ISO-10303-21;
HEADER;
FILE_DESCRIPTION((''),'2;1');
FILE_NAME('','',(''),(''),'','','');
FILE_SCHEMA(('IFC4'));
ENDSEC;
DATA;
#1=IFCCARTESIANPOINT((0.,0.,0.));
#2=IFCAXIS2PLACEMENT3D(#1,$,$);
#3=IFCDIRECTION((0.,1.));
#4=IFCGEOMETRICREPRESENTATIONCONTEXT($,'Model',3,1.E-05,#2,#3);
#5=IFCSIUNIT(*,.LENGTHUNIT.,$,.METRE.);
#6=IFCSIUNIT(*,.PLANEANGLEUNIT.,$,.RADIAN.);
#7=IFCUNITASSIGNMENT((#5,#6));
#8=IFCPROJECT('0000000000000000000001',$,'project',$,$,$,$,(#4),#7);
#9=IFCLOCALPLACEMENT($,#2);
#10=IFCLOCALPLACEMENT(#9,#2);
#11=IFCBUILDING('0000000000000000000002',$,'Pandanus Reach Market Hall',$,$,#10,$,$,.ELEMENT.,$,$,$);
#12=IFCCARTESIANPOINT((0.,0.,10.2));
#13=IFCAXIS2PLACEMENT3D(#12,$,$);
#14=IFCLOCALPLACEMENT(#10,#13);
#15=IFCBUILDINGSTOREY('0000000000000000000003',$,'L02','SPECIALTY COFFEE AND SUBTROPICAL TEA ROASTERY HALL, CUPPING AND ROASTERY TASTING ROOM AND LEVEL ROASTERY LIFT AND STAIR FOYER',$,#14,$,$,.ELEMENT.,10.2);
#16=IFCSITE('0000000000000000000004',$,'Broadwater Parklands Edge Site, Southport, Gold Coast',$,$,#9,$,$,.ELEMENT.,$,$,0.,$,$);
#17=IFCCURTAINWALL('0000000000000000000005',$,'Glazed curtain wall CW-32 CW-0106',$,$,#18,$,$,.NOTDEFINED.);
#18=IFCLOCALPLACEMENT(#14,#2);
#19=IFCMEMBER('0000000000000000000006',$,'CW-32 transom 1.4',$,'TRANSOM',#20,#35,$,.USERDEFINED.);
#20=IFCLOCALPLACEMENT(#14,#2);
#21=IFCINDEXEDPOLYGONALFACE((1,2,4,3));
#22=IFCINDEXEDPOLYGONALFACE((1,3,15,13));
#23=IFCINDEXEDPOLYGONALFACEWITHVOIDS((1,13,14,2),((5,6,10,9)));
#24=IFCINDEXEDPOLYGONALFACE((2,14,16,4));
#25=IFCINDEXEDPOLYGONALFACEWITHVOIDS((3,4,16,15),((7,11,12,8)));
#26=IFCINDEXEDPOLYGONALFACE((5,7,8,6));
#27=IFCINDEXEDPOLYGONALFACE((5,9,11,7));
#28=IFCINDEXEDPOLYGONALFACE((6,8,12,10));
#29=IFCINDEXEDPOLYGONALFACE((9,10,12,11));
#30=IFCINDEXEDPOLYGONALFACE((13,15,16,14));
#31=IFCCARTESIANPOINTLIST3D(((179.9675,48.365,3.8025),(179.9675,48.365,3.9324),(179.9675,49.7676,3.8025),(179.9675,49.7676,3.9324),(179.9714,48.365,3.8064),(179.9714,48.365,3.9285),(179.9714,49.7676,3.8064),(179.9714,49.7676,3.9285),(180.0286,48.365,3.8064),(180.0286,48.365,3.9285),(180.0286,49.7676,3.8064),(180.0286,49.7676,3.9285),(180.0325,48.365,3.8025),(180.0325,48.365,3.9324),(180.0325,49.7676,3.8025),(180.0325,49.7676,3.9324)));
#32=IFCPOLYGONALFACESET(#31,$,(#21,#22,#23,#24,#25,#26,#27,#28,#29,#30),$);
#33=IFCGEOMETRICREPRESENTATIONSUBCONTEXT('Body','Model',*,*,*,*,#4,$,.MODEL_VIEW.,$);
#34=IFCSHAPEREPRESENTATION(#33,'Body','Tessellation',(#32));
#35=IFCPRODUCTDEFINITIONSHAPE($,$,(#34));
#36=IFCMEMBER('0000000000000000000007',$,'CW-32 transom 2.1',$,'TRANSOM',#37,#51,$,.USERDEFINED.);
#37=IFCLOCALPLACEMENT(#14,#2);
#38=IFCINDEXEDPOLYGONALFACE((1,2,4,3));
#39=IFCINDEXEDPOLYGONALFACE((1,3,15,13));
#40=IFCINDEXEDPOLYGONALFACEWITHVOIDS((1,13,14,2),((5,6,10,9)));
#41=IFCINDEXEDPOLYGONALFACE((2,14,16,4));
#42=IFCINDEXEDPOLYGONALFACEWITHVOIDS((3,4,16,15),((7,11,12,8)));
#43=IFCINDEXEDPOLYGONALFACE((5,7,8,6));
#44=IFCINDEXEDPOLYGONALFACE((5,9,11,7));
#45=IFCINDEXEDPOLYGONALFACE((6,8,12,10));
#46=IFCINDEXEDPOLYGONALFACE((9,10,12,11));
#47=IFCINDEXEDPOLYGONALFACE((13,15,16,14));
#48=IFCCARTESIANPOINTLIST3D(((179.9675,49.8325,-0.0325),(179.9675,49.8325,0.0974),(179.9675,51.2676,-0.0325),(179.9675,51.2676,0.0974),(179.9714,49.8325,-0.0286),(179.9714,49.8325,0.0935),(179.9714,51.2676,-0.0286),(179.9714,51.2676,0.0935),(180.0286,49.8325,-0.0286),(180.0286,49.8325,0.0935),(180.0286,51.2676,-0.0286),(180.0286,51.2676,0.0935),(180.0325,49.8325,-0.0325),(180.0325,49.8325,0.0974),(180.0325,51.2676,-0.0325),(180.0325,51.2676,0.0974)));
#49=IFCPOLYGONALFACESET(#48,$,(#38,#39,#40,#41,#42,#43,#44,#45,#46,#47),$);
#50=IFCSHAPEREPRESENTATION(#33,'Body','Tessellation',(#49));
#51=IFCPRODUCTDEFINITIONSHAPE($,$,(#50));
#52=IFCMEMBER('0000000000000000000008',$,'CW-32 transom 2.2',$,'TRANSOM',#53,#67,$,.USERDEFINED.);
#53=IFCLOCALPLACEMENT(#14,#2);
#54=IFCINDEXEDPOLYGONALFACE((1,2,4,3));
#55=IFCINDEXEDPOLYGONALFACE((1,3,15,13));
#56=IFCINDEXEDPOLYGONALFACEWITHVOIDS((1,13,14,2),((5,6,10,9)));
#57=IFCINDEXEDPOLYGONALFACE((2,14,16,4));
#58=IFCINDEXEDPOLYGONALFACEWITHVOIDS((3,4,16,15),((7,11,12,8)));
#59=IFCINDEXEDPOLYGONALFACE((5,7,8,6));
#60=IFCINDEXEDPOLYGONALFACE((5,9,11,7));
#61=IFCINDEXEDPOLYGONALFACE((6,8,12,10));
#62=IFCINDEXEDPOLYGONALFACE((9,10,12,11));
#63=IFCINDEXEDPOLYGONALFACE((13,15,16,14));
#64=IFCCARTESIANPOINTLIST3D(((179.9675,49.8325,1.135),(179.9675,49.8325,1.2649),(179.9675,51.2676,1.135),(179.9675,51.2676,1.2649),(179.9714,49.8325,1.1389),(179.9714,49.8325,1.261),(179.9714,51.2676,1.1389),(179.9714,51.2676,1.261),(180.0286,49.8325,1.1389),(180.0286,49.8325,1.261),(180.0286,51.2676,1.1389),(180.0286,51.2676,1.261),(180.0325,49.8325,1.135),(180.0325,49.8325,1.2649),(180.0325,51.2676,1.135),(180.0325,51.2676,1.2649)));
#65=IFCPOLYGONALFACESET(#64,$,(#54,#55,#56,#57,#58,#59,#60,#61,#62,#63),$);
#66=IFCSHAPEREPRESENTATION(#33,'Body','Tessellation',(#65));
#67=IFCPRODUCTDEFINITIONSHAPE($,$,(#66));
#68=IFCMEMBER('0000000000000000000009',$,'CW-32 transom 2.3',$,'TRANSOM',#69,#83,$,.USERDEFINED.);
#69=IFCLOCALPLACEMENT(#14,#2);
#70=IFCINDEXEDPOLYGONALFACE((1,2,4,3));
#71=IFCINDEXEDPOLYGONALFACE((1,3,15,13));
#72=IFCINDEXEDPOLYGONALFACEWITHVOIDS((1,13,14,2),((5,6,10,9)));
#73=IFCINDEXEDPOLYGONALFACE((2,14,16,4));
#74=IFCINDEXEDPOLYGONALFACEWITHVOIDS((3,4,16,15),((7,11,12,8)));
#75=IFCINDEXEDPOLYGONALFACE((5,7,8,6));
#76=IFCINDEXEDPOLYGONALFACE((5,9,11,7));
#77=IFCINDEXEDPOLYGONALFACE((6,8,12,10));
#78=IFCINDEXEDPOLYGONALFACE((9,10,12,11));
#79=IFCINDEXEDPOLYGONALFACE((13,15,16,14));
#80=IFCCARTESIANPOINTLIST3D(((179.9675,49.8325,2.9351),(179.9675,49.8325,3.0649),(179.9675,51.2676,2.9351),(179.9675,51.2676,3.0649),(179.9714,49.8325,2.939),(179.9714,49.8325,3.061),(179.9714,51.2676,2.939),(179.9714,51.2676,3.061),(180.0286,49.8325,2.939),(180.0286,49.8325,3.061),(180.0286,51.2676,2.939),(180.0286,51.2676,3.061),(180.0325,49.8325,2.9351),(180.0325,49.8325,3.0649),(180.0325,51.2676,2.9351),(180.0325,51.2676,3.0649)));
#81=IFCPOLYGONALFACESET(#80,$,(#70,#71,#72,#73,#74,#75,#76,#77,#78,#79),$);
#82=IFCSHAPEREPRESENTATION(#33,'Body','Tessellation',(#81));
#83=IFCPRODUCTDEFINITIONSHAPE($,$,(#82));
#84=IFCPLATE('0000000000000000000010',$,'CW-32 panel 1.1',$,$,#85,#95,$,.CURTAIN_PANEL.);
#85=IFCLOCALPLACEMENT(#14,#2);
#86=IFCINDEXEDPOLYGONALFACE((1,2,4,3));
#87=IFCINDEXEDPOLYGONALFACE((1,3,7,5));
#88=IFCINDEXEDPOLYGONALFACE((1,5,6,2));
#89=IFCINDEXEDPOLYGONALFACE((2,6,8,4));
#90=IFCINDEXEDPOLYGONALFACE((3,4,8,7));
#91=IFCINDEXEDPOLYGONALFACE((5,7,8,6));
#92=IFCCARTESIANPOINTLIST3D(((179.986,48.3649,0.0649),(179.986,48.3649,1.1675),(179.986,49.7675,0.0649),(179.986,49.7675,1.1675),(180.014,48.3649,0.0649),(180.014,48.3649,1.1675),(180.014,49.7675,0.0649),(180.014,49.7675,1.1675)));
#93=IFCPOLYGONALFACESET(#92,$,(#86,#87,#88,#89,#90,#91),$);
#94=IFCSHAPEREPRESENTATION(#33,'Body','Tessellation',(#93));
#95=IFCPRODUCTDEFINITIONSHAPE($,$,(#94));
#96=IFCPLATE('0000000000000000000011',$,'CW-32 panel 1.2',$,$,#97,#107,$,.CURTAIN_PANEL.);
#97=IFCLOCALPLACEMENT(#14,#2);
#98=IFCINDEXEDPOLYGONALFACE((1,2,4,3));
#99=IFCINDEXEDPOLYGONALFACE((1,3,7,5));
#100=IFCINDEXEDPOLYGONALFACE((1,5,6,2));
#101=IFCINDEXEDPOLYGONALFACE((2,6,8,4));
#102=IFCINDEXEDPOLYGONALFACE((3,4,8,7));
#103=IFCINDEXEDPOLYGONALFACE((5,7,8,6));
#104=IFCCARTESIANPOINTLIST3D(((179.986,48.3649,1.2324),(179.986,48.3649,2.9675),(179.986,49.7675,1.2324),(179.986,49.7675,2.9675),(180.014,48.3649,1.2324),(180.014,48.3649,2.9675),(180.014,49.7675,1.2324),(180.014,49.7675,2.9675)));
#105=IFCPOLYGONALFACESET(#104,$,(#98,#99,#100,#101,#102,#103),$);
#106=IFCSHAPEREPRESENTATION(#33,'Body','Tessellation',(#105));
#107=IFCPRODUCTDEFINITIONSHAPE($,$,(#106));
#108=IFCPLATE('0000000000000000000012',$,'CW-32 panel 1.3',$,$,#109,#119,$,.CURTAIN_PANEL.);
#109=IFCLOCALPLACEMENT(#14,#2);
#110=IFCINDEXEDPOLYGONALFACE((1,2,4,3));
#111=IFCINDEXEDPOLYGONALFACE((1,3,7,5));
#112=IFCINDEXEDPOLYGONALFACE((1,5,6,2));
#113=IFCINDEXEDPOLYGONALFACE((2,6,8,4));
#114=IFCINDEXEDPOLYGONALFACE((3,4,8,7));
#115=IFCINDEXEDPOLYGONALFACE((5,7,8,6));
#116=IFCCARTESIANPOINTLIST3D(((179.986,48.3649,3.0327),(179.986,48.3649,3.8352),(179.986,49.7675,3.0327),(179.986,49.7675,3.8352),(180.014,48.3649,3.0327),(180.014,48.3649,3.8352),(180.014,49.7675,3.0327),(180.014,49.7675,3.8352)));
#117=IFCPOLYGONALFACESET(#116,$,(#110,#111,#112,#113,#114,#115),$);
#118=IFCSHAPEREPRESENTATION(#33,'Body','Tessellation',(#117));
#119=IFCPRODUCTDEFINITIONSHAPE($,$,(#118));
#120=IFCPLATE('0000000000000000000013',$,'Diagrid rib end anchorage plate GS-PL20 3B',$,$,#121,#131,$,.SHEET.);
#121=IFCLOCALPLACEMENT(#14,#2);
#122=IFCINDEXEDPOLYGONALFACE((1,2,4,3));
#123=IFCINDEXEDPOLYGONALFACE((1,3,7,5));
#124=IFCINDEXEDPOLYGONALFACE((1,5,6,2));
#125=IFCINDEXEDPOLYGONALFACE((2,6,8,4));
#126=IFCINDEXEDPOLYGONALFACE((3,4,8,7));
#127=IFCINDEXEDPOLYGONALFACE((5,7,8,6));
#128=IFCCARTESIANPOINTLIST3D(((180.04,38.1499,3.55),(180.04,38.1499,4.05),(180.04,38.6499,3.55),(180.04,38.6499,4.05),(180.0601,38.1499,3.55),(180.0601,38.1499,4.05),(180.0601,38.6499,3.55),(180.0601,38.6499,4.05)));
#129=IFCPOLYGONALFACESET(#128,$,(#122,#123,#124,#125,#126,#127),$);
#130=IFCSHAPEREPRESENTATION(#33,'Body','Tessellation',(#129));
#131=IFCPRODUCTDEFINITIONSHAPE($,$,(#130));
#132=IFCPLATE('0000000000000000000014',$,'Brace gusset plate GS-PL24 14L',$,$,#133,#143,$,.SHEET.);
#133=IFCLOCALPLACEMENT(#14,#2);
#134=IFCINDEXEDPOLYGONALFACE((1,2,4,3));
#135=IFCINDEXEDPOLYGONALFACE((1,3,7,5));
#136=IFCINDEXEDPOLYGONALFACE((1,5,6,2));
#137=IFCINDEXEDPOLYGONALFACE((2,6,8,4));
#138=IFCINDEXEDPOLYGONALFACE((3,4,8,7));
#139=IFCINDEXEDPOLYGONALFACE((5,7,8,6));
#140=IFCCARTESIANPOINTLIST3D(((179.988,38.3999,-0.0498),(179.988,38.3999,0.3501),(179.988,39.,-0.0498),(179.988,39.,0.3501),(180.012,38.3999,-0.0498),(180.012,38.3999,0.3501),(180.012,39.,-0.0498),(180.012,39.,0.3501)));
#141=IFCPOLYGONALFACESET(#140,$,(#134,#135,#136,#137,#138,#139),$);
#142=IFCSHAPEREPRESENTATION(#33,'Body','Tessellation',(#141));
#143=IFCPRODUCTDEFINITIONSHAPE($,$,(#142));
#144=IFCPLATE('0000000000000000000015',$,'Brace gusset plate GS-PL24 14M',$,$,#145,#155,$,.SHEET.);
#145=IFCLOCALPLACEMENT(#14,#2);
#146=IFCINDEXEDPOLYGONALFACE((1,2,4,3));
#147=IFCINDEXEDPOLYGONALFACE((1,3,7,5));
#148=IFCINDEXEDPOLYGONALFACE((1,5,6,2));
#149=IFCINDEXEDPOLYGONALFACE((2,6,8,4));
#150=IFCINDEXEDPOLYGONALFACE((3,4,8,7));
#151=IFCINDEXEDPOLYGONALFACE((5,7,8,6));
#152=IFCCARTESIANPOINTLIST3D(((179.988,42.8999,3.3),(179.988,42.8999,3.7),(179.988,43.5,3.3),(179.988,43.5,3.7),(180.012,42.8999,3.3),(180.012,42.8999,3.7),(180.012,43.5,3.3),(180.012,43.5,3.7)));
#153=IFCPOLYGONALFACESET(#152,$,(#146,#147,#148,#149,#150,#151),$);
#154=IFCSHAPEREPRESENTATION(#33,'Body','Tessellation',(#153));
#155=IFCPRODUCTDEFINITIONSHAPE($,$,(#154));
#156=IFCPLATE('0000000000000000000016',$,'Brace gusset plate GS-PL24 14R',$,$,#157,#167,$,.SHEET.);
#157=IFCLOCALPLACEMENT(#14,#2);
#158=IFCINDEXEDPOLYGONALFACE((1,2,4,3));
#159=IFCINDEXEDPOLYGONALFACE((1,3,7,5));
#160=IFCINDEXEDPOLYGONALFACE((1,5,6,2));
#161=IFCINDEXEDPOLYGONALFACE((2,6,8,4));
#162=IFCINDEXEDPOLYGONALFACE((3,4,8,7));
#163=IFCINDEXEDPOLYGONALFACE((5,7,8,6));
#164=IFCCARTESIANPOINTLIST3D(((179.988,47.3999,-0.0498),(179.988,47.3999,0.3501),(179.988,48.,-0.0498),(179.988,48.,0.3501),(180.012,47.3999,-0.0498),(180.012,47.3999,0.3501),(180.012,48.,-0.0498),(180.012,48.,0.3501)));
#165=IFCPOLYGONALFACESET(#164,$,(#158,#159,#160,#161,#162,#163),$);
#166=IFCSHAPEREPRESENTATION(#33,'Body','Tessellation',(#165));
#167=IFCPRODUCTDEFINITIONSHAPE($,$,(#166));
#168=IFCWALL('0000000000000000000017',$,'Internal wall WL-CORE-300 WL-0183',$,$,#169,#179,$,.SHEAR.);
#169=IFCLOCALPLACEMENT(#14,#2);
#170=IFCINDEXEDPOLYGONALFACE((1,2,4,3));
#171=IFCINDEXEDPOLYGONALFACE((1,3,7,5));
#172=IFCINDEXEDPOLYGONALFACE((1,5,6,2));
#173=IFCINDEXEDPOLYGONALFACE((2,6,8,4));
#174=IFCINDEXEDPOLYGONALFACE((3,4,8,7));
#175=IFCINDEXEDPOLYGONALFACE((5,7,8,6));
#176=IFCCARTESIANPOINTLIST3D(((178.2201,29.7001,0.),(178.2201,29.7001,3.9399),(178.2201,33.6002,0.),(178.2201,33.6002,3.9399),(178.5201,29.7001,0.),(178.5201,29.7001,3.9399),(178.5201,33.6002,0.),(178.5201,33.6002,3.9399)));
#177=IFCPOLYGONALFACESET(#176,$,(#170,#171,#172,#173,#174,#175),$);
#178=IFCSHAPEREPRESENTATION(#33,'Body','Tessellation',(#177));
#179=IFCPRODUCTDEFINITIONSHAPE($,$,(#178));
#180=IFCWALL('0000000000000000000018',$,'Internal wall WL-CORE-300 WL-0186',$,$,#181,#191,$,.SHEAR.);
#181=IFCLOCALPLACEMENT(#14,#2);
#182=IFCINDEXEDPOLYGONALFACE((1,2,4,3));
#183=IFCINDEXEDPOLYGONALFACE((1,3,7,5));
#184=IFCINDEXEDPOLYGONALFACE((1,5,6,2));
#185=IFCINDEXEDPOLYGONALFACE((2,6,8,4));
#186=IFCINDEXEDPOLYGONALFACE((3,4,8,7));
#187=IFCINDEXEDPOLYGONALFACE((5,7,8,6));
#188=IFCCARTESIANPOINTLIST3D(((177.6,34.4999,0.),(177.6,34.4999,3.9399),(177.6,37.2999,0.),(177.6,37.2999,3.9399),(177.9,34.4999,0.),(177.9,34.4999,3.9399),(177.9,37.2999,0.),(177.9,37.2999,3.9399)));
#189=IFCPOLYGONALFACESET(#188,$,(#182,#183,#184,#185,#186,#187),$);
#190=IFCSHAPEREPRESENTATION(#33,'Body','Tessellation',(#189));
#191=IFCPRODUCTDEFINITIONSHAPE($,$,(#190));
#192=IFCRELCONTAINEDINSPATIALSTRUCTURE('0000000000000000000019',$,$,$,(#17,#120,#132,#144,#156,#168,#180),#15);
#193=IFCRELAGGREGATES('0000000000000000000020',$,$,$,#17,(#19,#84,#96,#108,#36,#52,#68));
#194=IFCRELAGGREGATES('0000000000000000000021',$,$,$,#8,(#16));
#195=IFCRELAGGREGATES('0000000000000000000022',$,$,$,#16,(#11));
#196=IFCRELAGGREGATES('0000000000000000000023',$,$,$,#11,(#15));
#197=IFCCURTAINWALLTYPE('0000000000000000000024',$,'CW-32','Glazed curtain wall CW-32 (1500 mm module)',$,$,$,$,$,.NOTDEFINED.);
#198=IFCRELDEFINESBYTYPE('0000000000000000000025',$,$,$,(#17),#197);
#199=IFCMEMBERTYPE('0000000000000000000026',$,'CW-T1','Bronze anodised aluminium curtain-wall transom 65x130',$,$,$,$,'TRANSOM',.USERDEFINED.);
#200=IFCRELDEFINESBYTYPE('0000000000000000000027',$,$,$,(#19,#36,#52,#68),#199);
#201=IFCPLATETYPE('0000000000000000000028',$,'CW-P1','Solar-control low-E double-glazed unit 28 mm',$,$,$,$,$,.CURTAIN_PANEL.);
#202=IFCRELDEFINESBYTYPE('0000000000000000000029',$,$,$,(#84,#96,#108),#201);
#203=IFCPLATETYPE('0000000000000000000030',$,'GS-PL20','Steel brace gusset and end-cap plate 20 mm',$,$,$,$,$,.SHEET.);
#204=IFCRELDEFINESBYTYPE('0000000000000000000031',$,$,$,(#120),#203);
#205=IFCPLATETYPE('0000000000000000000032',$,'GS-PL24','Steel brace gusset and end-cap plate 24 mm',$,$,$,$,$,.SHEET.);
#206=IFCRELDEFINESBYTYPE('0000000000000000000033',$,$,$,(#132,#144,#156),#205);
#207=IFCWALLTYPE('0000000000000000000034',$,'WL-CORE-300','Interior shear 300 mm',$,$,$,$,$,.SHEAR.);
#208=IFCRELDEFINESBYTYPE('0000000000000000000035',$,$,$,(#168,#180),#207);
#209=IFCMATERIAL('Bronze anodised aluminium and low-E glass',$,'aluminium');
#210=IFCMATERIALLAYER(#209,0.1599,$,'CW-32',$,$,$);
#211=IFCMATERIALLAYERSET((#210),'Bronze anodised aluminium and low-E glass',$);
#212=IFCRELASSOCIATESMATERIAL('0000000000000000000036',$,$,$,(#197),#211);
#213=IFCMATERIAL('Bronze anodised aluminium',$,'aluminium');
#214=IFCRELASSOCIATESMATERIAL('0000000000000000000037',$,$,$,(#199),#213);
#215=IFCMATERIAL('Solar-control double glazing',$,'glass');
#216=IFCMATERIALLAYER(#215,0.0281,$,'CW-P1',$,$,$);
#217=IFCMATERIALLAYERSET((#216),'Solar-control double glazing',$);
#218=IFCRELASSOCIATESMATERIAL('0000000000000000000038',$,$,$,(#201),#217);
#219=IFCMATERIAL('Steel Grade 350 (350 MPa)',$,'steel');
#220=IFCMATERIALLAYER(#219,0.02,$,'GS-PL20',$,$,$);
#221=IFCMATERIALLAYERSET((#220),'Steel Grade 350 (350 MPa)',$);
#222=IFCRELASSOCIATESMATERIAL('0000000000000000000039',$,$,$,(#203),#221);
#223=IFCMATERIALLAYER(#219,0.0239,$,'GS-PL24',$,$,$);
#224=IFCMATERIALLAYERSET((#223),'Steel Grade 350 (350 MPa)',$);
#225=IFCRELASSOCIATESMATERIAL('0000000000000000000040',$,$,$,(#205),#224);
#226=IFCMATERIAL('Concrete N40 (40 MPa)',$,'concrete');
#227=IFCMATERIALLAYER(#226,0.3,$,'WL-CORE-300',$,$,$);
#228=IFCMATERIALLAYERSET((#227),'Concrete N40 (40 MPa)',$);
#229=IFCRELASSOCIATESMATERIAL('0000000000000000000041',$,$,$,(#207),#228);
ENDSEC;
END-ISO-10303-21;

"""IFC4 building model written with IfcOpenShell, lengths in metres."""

from ifc_helpers import new_model, si_unit, direction, frame, frame_2d, origin, origin_2d, place, context, subcontext, project, spatial, rectangle, hollow_rectangle, extrude, material, layer, layer_set, material_profile, profile_set, type_object, element, aggregate, save


model = new_model("IFC4")

# Units and contexts
model_context = context("Model", 3, precision=1e-05, world=origin(), true_north=direction((0.0, 1.0)))
body_context = subcontext(model_context, "Body", "Model", "MODEL_VIEW")
ifc_project = project(units=[si_unit("LENGTHUNIT", "METRE"), si_unit("PLANEANGLEUNIT", "RADIAN")], contexts=[model_context])

# Site, building, storey
site_placement = place(None, origin())
site = spatial("IfcSite", under=ifc_project, at=site_placement, Name="Broadwater Parklands Edge Site, Southport, Gold Coast", CompositionType="ELEMENT", RefElevation=0.0)
building_placement = place(site_placement, origin())
building = spatial("IfcBuilding", under=site, at=building_placement, Name="Pandanus Reach Market Hall", CompositionType="ELEMENT")
storey_placement = place(building_placement, frame((0.0, 0.0, 10.2)))
storey = spatial("IfcBuildingStorey", under=building, at=storey_placement, Name="L02", Description="SPECIALTY COFFEE AND SUBTROPICAL TEA ROASTERY HALL, CUPPING AND ROASTERY TASTING ROOM AND LEVEL ROASTERY LIFT AND STAIR FOYER", CompositionType="ELEMENT", Elevation=10.2)

# Shared definitions
ifc_material_1 = material(Name="Concrete N40 (40 MPa)", Category="concrete")

# Shared definitions
ifc_material_2 = material(Name="Steel Grade 350 (350 MPa)", Category="steel")

# Curtain wall, members, plates
ifc_material_3 = material(Name="Bronze anodised aluminium and low-E glass", Category="aluminium")
ifc_layer_1 = layer(ifc_material_3, 0.1599, Name="CW-32")
ifc_layer_set_1 = layer_set([ifc_layer_1], Name="Bronze anodised aluminium and low-E glass")
curtain_wall_type = type_object("IfcCurtainWallType", Name="CW-32", Description="Glazed curtain wall CW-32 (1500 mm module)", PredefinedType="NOTDEFINED", material=ifc_layer_set_1)
curtain_wall_placement = place(storey_placement, origin())
curtain_wall = element("IfcCurtainWall", 1, at=curtain_wall_placement, inside=storey, type_object=curtain_wall_type, Name="Glazed curtain wall CW-32 CW-0106", PredefinedType="NOTDEFINED")
ifc_material_4 = material(Name="Bronze anodised aluminium", Category="aluminium")
ifc_material_profile_1 = material_profile(ifc_material_4, hollow_rectangle(XDim=0.0649, YDim=0.1299, WallThickness=0.0039, at=origin_2d()), Name="ALU65x130", Category="LoadBearing")
ifc_profile_set_1 = profile_set([ifc_material_profile_1], Name="Bronze anodised aluminium")
member_type_1 = type_object("IfcMemberType", Name="CW-T1", Description="Bronze anodised aluminium curtain-wall transom 65x130", ElementType="TRANSOM", PredefinedType="USERDEFINED", material=ifc_profile_set_1)
member_1_placement = place(storey_placement, frame((180.0, 48.365, 3.8674), z_axis=(0.0, 1.0, 0.0), x_axis=(-1.0, 0.0, 0.0)))
member_1 = element("IfcMember", 2, at=member_1_placement, type_object=member_type_1, Name="CW-32 transom 1.4", ObjectType="TRANSOM", PredefinedType="USERDEFINED", context=body_context, shape_type="SweptSolid", body=[
    extrude(hollow_rectangle(XDim=0.0649, YDim=0.1299, WallThickness=0.0039, at=origin_2d()), origin(), (0.0, 0.0, 1.0), 1.4026),
])
member_2_placement = place(storey_placement, frame((180.0, 49.8325, 0.0325), z_axis=(0.0, 1.0, 0.0), x_axis=(-1.0, 0.0, 0.0)))
member_2 = element("IfcMember", 3, at=member_2_placement, type_object=member_type_1, Name="CW-32 transom 2.1", ObjectType="TRANSOM", PredefinedType="USERDEFINED", context=body_context, shape_type="SweptSolid", body=[
    extrude(hollow_rectangle(XDim=0.0649, YDim=0.1299, WallThickness=0.0039, at=origin_2d()), origin(), (0.0, 0.0, 1.0), 1.4351),
])
member_3_placement = place(storey_placement, frame((180.0, 49.8325, 1.2), z_axis=(0.0, 1.0, 0.0), x_axis=(-1.0, 0.0, 0.0)))
member_3 = element("IfcMember", 4, at=member_3_placement, type_object=member_type_1, Name="CW-32 transom 2.2", ObjectType="TRANSOM", PredefinedType="USERDEFINED", context=body_context, shape_type="SweptSolid", body=[
    extrude(hollow_rectangle(XDim=0.0649, YDim=0.1299, WallThickness=0.0039, at=origin_2d()), origin(), (0.0, 0.0, 1.0), 1.4351),
])
member_4_placement = place(storey_placement, frame((180.0, 49.8325, 3.0), z_axis=(0.0, 1.0, 0.0), x_axis=(-1.0, 0.0, 0.0)))
member_4 = element("IfcMember", 5, at=member_4_placement, type_object=member_type_1, Name="CW-32 transom 2.3", ObjectType="TRANSOM", PredefinedType="USERDEFINED", context=body_context, shape_type="SweptSolid", body=[
    extrude(hollow_rectangle(XDim=0.0649, YDim=0.1299, WallThickness=0.0039, at=origin_2d()), origin(), (0.0, 0.0, 1.0), 1.4351),
])
ifc_material_5 = material(Name="Solar-control double glazing", Category="glass")
ifc_layer_2 = layer(ifc_material_5, 0.0281, Name="CW-P1")
ifc_layer_set_2 = layer_set([ifc_layer_2], Name="Solar-control double glazing")
plate_type_1 = type_object("IfcPlateType", Name="CW-P1", Description="Solar-control low-E double-glazed unit 28 mm", PredefinedType="CURTAIN_PANEL", material=ifc_layer_set_2)
plate_1_placement = place(storey_placement, frame((180.0, 49.0662, 0.0649), z_axis=(0.0, 0.0, 1.0), x_axis=(0.0, 1.0, 0.0)))
plate_1 = element("IfcPlate", 6, at=plate_1_placement, type_object=plate_type_1, Name="CW-32 panel 1.1", PredefinedType="CURTAIN_PANEL", context=body_context, shape_type="SweptSolid", body=[
    extrude(rectangle(XDim=1.4026, YDim=0.0281, at=origin_2d()), origin(), (0.0, 0.0, 1.0), 1.1025),
])
plate_2_placement = place(storey_placement, frame((180.0, 49.0662, 1.2324), z_axis=(0.0, 0.0, 1.0), x_axis=(0.0, 1.0, 0.0)))
plate_2 = element("IfcPlate", 7, at=plate_2_placement, type_object=plate_type_1, Name="CW-32 panel 1.2", PredefinedType="CURTAIN_PANEL", context=body_context, shape_type="SweptSolid", body=[
    extrude(rectangle(XDim=1.4026, YDim=0.0281, at=origin_2d()), origin(), (0.0, 0.0, 1.0), 1.7351),
])
plate_3_placement = place(storey_placement, frame((180.0, 49.0662, 3.0327), z_axis=(0.0, 0.0, 1.0), x_axis=(0.0, 1.0, 0.0)))
plate_3 = element("IfcPlate", 8, at=plate_3_placement, type_object=plate_type_1, Name="CW-32 panel 1.3", PredefinedType="CURTAIN_PANEL", context=body_context, shape_type="SweptSolid", body=[
    extrude(rectangle(XDim=1.4026, YDim=0.0281, at=origin_2d()), origin(), (0.0, 0.0, 1.0), 0.8025),
])
aggregate(curtain_wall, [member_1, plate_1, plate_2, plate_3, member_2, member_3, member_4])

# Plates
ifc_layer_3 = layer(ifc_material_2, 0.02, Name="GS-PL20")
ifc_layer_set_3 = layer_set([ifc_layer_3], Name="Steel Grade 350 (350 MPa)")
plate_type_2 = type_object("IfcPlateType", Name="GS-PL20", Description="Steel brace gusset and end-cap plate 20 mm", PredefinedType="SHEET", material=ifc_layer_set_3)
plate_4_placement = place(storey_placement, frame((180.05, 38.3999, 3.55), z_axis=(0.0, 0.0, 1.0), x_axis=(1.0, 0.0, 0.0)))
element("IfcPlate", 9, at=plate_4_placement, inside=storey, type_object=plate_type_2, Name="Diagrid rib end anchorage plate GS-PL20 3B", PredefinedType="SHEET", context=body_context, shape_type="SweptSolid", body=[
    extrude(rectangle(XDim=0.02, YDim=0.5, at=origin_2d()), origin(), (0.0, 0.0, 1.0), 0.5),
])
ifc_layer_4 = layer(ifc_material_2, 0.0239, Name="GS-PL24")
ifc_layer_set_4 = layer_set([ifc_layer_4], Name="Steel Grade 350 (350 MPa)")
plate_type_3 = type_object("IfcPlateType", Name="GS-PL24", Description="Steel brace gusset and end-cap plate 24 mm", PredefinedType="SHEET", material=ifc_layer_set_4)
for number, where, z_axis, x_axis, name in (
    (10, (180.0, 38.7, -0.0498), (0.0, 0.0, 1.0), (0.0, 1.0, 0.0), "Brace gusset plate GS-PL24 14L"),
    (11, (180.0, 43.2, 3.3), (0.0, 0.0, 1.0), (0.0, 1.0, 0.0), "Brace gusset plate GS-PL24 14M"),
    (12, (180.0, 47.7, -0.0498), (0.0, 0.0, 1.0), (0.0, 1.0, 0.0), "Brace gusset plate GS-PL24 14R"),
):
    element("IfcPlate", number, at=place(storey_placement, frame(where, z_axis=z_axis, x_axis=x_axis)), inside=storey, type_object=plate_type_3, Name=name, PredefinedType="SHEET", context=body_context, shape_type="SweptSolid", body=[
        extrude(rectangle(XDim=0.6001, YDim=0.0239, at=origin_2d()), origin(), (0.0, 0.0, 1.0), 0.3999),
    ])

# Walls
ifc_layer_5 = layer(ifc_material_1, 0.3, Name="WL-CORE-300")
ifc_layer_set_5 = layer_set([ifc_layer_5], Name="Concrete N40 (40 MPa)")
wall_type_1 = type_object("IfcWallType", Name="WL-CORE-300", Description="Interior shear 300 mm", PredefinedType="SHEAR", material=ifc_layer_set_5)
wall_1_placement = place(storey_placement, frame((178.3701, 29.7, 0.0), z_axis=(0.0, 0.0, 1.0), x_axis=(0.0, 1.0, 0.0)))
element("IfcWall", 13, at=wall_1_placement, inside=storey, type_object=wall_type_1, Name="Internal wall WL-CORE-300 WL-0183", PredefinedType="SHEAR", context=body_context, shape_type="SweptSolid", body=[
    extrude(rectangle(XDim=3.9001, YDim=0.3, at=frame_2d((1.9502, 0.0))), origin(), (0.0, 0.0, 1.0), 3.9399),
])
wall_2_placement = place(storey_placement, frame((177.75, 34.5, 0.0), z_axis=(0.0, 0.0, 1.0), x_axis=(0.0, 1.0, 0.0)))
element("IfcWall", 14, at=wall_2_placement, inside=storey, type_object=wall_type_1, Name="Internal wall WL-CORE-300 WL-0186", PredefinedType="SHEAR", context=body_context, shape_type="SweptSolid", body=[
    extrude(rectangle(XDim=2.8, YDim=0.3, at=frame_2d((1.3999, 0.0))), origin(), (0.0, 0.0, 1.0), 3.9399),
])

save(model, "model.ifc")
